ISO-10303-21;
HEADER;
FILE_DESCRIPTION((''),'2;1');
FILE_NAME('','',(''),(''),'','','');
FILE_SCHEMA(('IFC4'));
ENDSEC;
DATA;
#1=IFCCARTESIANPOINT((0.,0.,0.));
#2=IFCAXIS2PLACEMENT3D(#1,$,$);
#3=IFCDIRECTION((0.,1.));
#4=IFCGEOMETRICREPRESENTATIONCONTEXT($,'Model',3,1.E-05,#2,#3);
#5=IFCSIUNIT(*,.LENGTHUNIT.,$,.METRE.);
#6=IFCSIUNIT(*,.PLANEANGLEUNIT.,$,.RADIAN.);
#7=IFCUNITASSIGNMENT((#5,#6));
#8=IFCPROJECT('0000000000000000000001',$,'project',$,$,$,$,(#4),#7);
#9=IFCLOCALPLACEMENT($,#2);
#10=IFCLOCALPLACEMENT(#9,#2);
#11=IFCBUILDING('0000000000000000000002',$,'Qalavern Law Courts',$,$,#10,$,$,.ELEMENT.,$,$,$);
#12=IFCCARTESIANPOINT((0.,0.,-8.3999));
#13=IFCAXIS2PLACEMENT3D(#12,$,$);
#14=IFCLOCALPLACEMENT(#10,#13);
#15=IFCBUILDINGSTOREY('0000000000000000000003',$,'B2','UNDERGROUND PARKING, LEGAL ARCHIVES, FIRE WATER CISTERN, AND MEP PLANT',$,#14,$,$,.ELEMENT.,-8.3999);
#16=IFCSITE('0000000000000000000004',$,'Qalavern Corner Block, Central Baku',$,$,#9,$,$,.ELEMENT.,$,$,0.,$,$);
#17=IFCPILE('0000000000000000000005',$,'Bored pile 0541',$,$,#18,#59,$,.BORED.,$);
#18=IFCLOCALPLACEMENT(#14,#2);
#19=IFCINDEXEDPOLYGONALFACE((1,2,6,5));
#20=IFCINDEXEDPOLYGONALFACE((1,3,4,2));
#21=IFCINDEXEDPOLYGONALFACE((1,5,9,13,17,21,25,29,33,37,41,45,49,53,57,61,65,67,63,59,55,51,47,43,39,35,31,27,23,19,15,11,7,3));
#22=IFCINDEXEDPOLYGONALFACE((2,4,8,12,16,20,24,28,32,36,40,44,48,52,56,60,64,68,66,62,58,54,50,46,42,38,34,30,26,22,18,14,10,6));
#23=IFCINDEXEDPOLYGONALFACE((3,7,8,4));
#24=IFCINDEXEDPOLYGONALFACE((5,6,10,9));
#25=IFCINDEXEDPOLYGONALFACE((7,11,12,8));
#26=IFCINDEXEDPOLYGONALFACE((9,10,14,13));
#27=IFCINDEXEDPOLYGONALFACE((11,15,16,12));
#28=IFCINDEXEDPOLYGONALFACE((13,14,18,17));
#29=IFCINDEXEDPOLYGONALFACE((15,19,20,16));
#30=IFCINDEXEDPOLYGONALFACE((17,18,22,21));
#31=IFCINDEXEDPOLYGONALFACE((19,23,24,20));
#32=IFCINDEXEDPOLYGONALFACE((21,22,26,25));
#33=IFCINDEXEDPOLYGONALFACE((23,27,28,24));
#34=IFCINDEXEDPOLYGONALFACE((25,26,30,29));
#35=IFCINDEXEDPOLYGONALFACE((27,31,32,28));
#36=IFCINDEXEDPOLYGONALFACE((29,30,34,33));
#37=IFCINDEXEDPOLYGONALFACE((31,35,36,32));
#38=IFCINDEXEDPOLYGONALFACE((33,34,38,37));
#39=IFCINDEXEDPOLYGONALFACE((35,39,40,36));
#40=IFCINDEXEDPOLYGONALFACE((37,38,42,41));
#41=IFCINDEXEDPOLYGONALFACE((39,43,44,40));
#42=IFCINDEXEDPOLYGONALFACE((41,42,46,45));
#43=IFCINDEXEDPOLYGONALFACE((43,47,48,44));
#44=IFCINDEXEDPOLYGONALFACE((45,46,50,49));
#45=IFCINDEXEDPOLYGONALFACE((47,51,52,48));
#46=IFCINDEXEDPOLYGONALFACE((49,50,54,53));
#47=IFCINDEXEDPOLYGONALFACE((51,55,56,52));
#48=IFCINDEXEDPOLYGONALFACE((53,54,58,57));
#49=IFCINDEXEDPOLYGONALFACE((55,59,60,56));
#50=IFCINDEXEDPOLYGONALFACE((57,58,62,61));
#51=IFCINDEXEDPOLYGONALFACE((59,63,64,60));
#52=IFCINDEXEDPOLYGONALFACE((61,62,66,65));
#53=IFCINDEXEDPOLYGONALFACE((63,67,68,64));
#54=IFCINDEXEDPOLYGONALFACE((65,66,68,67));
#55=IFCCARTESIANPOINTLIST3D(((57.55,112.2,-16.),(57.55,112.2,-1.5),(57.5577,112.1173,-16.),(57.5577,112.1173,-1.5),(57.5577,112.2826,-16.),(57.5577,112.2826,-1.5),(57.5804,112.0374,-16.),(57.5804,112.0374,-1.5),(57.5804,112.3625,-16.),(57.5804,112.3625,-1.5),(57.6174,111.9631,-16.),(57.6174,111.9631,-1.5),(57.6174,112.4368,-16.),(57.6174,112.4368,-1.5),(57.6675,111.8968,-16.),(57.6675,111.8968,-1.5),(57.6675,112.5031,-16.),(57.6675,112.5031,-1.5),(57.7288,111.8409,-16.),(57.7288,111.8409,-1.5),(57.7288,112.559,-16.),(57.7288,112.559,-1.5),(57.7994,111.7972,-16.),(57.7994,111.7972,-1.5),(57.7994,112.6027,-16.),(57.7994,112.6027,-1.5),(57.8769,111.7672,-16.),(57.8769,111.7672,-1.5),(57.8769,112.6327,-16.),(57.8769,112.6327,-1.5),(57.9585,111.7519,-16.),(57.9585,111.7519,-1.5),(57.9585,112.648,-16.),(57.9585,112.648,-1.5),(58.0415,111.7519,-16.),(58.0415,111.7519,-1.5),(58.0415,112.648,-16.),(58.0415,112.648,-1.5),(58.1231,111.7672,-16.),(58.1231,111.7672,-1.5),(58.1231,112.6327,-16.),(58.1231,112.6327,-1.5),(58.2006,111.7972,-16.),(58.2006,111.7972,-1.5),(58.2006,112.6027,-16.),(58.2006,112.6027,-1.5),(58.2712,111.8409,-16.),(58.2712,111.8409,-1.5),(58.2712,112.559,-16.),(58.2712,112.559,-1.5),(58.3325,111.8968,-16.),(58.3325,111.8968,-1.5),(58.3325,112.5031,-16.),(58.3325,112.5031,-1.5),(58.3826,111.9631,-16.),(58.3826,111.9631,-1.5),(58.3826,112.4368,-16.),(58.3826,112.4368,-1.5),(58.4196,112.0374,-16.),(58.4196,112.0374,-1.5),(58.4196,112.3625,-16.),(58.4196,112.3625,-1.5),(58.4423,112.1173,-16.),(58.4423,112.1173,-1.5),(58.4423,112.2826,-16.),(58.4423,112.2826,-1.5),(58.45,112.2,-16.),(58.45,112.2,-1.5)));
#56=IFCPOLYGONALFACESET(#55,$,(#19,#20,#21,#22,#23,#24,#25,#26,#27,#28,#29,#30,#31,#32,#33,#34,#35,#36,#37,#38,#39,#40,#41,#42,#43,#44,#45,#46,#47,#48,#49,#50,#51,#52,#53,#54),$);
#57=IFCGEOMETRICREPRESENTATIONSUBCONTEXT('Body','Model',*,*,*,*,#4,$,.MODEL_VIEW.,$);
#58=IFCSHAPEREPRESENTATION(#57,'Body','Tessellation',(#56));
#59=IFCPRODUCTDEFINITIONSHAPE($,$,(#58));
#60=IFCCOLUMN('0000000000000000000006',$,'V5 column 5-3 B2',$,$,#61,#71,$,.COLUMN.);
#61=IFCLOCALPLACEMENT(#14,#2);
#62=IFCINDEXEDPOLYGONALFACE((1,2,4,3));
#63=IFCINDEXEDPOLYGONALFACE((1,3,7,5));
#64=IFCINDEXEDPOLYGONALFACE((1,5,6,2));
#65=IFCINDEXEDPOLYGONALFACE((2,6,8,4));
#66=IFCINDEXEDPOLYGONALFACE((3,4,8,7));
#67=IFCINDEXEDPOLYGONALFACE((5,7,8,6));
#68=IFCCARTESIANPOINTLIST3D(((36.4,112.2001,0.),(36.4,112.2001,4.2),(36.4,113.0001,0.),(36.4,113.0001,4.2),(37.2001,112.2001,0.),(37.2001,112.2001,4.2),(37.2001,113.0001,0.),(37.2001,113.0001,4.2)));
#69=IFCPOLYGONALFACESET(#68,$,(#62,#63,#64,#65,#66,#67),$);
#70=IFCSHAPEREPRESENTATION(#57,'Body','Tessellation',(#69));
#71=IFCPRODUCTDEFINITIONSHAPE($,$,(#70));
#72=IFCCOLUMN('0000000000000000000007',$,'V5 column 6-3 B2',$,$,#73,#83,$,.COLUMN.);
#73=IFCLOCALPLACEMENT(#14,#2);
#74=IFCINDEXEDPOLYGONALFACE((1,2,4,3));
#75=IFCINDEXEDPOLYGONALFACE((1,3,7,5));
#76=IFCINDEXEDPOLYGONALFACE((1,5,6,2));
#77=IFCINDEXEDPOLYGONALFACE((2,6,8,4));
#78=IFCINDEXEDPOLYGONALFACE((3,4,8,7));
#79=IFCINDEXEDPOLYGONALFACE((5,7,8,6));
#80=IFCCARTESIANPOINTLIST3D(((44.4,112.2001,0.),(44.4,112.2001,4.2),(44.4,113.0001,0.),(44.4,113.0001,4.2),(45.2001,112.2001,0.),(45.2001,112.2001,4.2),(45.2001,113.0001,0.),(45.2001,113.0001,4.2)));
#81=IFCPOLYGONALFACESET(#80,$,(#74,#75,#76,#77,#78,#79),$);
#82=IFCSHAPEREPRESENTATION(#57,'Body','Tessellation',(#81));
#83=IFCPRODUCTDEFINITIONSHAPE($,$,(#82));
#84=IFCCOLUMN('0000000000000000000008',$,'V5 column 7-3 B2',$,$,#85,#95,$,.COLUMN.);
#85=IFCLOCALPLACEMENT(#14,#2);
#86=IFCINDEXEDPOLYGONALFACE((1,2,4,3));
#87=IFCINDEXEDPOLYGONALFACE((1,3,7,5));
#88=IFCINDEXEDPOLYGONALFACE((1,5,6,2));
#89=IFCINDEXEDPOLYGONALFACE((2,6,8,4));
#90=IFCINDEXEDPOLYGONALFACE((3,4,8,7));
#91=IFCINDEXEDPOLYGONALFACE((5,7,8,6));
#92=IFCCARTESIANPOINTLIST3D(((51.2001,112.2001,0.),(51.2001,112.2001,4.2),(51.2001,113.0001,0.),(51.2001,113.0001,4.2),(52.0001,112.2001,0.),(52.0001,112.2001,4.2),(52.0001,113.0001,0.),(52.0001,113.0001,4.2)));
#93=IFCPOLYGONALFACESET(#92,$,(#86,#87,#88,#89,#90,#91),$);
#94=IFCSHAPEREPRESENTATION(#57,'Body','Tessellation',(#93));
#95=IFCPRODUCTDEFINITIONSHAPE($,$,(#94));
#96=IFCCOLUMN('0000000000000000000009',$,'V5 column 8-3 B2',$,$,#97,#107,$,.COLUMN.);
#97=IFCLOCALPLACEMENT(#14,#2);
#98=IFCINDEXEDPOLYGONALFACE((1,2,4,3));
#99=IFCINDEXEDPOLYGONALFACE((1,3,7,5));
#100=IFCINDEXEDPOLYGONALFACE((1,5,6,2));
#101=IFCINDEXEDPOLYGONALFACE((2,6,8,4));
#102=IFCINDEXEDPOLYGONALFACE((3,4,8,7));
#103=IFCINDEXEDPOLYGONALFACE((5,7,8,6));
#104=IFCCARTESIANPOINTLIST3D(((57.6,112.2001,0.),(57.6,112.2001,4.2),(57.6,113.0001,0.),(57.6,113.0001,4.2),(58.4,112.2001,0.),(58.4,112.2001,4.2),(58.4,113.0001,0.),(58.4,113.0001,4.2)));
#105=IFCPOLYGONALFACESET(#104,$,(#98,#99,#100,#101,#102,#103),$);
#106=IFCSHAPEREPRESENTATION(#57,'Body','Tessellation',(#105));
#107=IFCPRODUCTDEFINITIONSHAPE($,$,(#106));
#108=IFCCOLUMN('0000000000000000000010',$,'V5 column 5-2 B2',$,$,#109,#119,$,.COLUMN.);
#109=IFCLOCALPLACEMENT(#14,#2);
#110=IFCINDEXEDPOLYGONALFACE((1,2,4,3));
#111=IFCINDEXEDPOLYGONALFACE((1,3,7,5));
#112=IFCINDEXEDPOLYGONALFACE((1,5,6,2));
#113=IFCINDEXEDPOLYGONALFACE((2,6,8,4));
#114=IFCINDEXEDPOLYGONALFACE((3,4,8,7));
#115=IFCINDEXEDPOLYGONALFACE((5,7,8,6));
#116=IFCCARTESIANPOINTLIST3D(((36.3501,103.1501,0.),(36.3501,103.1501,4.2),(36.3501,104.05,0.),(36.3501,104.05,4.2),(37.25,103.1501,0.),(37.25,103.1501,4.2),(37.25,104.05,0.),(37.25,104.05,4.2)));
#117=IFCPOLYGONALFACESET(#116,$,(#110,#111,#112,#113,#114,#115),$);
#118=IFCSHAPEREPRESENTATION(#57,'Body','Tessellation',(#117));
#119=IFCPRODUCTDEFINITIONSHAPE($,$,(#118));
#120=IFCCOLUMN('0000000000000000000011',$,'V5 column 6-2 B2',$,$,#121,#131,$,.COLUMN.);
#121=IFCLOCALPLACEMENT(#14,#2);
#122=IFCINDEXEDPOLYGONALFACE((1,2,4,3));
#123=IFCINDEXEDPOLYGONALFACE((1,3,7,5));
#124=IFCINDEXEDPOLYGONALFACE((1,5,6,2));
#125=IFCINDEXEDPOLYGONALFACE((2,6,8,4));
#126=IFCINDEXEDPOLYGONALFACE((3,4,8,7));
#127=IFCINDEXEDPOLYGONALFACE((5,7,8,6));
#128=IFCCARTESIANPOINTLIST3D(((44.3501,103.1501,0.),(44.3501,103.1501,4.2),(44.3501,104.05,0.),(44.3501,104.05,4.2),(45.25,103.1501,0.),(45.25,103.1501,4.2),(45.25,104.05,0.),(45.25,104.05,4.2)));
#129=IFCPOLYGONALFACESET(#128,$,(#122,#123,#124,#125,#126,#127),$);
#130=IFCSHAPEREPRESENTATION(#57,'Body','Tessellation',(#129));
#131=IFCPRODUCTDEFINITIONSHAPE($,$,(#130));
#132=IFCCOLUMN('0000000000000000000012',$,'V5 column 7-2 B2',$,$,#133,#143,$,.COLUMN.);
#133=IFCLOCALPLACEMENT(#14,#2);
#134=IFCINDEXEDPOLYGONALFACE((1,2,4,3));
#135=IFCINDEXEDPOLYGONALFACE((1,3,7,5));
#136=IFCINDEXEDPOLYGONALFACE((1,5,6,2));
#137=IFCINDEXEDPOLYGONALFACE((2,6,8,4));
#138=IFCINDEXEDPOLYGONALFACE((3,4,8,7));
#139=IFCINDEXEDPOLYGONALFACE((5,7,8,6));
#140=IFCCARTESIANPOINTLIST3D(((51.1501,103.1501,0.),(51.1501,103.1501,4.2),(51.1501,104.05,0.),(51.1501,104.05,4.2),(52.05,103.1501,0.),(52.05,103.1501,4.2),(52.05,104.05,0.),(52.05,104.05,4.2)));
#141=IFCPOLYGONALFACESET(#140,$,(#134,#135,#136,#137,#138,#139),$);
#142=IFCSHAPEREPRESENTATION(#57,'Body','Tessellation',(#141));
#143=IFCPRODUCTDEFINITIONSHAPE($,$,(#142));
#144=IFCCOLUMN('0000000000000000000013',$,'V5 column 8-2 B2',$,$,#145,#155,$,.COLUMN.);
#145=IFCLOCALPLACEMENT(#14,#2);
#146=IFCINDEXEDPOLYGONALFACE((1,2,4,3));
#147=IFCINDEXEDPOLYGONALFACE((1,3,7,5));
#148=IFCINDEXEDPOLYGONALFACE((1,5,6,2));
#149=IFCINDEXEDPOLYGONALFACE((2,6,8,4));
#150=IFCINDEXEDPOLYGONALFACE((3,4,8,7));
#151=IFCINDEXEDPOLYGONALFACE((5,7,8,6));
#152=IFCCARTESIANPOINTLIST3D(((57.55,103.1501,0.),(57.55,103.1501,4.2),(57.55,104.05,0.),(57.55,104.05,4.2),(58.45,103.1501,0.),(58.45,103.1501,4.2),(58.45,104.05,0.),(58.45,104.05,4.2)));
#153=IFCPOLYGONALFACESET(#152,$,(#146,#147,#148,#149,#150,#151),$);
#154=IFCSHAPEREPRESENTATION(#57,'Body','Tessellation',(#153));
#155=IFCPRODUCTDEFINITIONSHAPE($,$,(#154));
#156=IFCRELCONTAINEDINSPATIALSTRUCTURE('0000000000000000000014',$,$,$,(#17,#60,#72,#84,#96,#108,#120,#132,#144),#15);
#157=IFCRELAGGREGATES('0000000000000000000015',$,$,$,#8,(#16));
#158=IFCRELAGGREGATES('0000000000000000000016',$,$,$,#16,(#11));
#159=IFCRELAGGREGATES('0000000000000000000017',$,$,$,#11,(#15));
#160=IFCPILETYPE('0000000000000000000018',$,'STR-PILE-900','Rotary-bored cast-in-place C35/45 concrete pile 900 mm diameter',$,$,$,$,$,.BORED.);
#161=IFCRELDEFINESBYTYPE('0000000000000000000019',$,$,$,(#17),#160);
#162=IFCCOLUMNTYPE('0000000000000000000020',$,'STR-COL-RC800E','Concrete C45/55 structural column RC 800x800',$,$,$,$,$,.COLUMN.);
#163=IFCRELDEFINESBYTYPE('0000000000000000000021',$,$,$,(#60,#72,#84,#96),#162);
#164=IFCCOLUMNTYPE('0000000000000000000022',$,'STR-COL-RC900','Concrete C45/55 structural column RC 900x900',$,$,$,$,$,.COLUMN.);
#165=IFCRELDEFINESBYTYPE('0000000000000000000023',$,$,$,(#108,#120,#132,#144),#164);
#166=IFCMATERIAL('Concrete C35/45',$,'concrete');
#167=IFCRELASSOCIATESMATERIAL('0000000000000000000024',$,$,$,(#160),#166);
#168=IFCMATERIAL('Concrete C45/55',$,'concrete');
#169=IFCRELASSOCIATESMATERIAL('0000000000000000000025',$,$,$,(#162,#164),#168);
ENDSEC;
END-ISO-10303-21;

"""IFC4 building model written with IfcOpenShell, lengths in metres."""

from ifc_helpers import new_model, si_unit, direction, frame, origin, origin_2d, place, context, subcontext, project, spatial, rectangle, circle, extrude, material, material_profile, profile_set, type_object, element, save


model = new_model("IFC4")

# Units and contexts
model_context = context("Model", 3, precision=1e-05, world=origin(), true_north=direction((0.0, 1.0)))
body_context = subcontext(model_context, "Body", "Model", "MODEL_VIEW")
ifc_project = project(units=[si_unit("LENGTHUNIT", "METRE"), si_unit("PLANEANGLEUNIT", "RADIAN")], contexts=[model_context])

# Site, building, storey
site_placement = place(None, origin())
site = spatial("IfcSite", under=ifc_project, at=site_placement, Name="Qalavern Corner Block, Central Baku", CompositionType="ELEMENT", RefElevation=0.0)
building_placement = place(site_placement, origin())
building = spatial("IfcBuilding", under=site, at=building_placement, Name="Qalavern Law Courts", CompositionType="ELEMENT")
storey_placement = place(building_placement, frame((0.0, 0.0, -8.3999)))
storey = spatial("IfcBuildingStorey", under=building, at=storey_placement, Name="B2", Description="UNDERGROUND PARKING, LEGAL ARCHIVES, FIRE WATER CISTERN, AND MEP PLANT", CompositionType="ELEMENT", Elevation=-8.3999)

# Shared definitions
ifc_material_1 = material(Name="Concrete C35/45", Category="concrete")

# Pile
ifc_material_profile_1 = material_profile(ifc_material_1, circle(Radius=0.45, at=origin_2d()), Name="BORED PILE 900")
ifc_profile_set_1 = profile_set([ifc_material_profile_1], Name="Concrete C35/45")
pile_type_1 = type_object("IfcPileType", Name="STR-PILE-900", Description="Rotary-bored cast-in-place C35/45 concrete pile 900 mm diameter", PredefinedType="BORED", material=ifc_profile_set_1)
for number, where, z_axis, x_axis, name in (
    (1, (58.0, 112.2, -1.5), (0.0, 0.0, -1.0), (1.0, 0.0, 0.0), "Bored pile 0541"),
):
    element("IfcPile", number, at=place(storey_placement, frame(where, z_axis=z_axis, x_axis=x_axis)), inside=storey, type_object=pile_type_1, Name=name, PredefinedType="BORED", context=body_context, shape_type="SweptSolid", body=[
        extrude(circle(Radius=0.45, at=origin_2d()), origin(), (0.0, 0.0, 1.0), 14.5),
    ])

# Columns
ifc_material_2 = material(Name="Concrete C45/55", Category="concrete")
ifc_material_profile_2 = material_profile(ifc_material_2, rectangle(XDim=0.8, YDim=0.8, at=origin_2d()), Name="RC 800x800")
ifc_profile_set_2 = profile_set([ifc_material_profile_2], Name="Concrete C45/55")
column_type_1 = type_object("IfcColumnType", Name="STR-COL-RC800E", Description="Concrete C45/55 structural column RC 800x800", PredefinedType="COLUMN", material=ifc_profile_set_2)
for number, where, z_axis, x_axis, name in (
    (2, (36.8, 112.6001, 0.0), (0.0, 0.0, 1.0), (1.0, 0.0, 0.0), "V5 column 5-3 B2"),
    (3, (44.8, 112.6001, 0.0), (0.0, 0.0, 1.0), (1.0, 0.0, 0.0), "V5 column 6-3 B2"),
    (4, (51.6001, 112.6001, 0.0), (0.0, 0.0, 1.0), (1.0, 0.0, 0.0), "V5 column 7-3 B2"),
    (5, (58.0, 112.6001, 0.0), (0.0, 0.0, 1.0), (1.0, 0.0, 0.0), "V5 column 8-3 B2"),
):
    element("IfcColumn", number, at=place(storey_placement, frame(where, z_axis=z_axis, x_axis=x_axis)), inside=storey, type_object=column_type_1, Name=name, PredefinedType="COLUMN", context=body_context, shape_type="SweptSolid", body=[
        extrude(rectangle(XDim=0.8, YDim=0.8, at=origin_2d()), origin(), (0.0, 0.0, 1.0), 4.2),
    ])
ifc_material_profile_3 = material_profile(ifc_material_2, rectangle(XDim=0.8999, YDim=0.8999, at=origin_2d()), Name="RC 900x900")
ifc_profile_set_3 = profile_set([ifc_material_profile_3], Name="Concrete C45/55")
column_type_2 = type_object("IfcColumnType", Name="STR-COL-RC900", Description="Concrete C45/55 structural column RC 900x900", PredefinedType="COLUMN", material=ifc_profile_set_3)
for number, where, z_axis, x_axis, name in (
    (6, (36.8, 103.6001, 0.0), (0.0, 0.0, 1.0), (1.0, 0.0, 0.0), "V5 column 5-2 B2"),
    (7, (44.8, 103.6001, 0.0), (0.0, 0.0, 1.0), (1.0, 0.0, 0.0), "V5 column 6-2 B2"),
    (8, (51.6001, 103.6001, 0.0), (0.0, 0.0, 1.0), (1.0, 0.0, 0.0), "V5 column 7-2 B2"),
    (9, (58.0, 103.6001, 0.0), (0.0, 0.0, 1.0), (1.0, 0.0, 0.0), "V5 column 8-2 B2"),
):
    element("IfcColumn", number, at=place(storey_placement, frame(where, z_axis=z_axis, x_axis=x_axis)), inside=storey, type_object=column_type_2, Name=name, PredefinedType="COLUMN", context=body_context, shape_type="SweptSolid", body=[
        extrude(rectangle(XDim=0.8999, YDim=0.8999, at=origin_2d()), origin(), (0.0, 0.0, 1.0), 4.2),
    ])

save(model, "model.ifc")
